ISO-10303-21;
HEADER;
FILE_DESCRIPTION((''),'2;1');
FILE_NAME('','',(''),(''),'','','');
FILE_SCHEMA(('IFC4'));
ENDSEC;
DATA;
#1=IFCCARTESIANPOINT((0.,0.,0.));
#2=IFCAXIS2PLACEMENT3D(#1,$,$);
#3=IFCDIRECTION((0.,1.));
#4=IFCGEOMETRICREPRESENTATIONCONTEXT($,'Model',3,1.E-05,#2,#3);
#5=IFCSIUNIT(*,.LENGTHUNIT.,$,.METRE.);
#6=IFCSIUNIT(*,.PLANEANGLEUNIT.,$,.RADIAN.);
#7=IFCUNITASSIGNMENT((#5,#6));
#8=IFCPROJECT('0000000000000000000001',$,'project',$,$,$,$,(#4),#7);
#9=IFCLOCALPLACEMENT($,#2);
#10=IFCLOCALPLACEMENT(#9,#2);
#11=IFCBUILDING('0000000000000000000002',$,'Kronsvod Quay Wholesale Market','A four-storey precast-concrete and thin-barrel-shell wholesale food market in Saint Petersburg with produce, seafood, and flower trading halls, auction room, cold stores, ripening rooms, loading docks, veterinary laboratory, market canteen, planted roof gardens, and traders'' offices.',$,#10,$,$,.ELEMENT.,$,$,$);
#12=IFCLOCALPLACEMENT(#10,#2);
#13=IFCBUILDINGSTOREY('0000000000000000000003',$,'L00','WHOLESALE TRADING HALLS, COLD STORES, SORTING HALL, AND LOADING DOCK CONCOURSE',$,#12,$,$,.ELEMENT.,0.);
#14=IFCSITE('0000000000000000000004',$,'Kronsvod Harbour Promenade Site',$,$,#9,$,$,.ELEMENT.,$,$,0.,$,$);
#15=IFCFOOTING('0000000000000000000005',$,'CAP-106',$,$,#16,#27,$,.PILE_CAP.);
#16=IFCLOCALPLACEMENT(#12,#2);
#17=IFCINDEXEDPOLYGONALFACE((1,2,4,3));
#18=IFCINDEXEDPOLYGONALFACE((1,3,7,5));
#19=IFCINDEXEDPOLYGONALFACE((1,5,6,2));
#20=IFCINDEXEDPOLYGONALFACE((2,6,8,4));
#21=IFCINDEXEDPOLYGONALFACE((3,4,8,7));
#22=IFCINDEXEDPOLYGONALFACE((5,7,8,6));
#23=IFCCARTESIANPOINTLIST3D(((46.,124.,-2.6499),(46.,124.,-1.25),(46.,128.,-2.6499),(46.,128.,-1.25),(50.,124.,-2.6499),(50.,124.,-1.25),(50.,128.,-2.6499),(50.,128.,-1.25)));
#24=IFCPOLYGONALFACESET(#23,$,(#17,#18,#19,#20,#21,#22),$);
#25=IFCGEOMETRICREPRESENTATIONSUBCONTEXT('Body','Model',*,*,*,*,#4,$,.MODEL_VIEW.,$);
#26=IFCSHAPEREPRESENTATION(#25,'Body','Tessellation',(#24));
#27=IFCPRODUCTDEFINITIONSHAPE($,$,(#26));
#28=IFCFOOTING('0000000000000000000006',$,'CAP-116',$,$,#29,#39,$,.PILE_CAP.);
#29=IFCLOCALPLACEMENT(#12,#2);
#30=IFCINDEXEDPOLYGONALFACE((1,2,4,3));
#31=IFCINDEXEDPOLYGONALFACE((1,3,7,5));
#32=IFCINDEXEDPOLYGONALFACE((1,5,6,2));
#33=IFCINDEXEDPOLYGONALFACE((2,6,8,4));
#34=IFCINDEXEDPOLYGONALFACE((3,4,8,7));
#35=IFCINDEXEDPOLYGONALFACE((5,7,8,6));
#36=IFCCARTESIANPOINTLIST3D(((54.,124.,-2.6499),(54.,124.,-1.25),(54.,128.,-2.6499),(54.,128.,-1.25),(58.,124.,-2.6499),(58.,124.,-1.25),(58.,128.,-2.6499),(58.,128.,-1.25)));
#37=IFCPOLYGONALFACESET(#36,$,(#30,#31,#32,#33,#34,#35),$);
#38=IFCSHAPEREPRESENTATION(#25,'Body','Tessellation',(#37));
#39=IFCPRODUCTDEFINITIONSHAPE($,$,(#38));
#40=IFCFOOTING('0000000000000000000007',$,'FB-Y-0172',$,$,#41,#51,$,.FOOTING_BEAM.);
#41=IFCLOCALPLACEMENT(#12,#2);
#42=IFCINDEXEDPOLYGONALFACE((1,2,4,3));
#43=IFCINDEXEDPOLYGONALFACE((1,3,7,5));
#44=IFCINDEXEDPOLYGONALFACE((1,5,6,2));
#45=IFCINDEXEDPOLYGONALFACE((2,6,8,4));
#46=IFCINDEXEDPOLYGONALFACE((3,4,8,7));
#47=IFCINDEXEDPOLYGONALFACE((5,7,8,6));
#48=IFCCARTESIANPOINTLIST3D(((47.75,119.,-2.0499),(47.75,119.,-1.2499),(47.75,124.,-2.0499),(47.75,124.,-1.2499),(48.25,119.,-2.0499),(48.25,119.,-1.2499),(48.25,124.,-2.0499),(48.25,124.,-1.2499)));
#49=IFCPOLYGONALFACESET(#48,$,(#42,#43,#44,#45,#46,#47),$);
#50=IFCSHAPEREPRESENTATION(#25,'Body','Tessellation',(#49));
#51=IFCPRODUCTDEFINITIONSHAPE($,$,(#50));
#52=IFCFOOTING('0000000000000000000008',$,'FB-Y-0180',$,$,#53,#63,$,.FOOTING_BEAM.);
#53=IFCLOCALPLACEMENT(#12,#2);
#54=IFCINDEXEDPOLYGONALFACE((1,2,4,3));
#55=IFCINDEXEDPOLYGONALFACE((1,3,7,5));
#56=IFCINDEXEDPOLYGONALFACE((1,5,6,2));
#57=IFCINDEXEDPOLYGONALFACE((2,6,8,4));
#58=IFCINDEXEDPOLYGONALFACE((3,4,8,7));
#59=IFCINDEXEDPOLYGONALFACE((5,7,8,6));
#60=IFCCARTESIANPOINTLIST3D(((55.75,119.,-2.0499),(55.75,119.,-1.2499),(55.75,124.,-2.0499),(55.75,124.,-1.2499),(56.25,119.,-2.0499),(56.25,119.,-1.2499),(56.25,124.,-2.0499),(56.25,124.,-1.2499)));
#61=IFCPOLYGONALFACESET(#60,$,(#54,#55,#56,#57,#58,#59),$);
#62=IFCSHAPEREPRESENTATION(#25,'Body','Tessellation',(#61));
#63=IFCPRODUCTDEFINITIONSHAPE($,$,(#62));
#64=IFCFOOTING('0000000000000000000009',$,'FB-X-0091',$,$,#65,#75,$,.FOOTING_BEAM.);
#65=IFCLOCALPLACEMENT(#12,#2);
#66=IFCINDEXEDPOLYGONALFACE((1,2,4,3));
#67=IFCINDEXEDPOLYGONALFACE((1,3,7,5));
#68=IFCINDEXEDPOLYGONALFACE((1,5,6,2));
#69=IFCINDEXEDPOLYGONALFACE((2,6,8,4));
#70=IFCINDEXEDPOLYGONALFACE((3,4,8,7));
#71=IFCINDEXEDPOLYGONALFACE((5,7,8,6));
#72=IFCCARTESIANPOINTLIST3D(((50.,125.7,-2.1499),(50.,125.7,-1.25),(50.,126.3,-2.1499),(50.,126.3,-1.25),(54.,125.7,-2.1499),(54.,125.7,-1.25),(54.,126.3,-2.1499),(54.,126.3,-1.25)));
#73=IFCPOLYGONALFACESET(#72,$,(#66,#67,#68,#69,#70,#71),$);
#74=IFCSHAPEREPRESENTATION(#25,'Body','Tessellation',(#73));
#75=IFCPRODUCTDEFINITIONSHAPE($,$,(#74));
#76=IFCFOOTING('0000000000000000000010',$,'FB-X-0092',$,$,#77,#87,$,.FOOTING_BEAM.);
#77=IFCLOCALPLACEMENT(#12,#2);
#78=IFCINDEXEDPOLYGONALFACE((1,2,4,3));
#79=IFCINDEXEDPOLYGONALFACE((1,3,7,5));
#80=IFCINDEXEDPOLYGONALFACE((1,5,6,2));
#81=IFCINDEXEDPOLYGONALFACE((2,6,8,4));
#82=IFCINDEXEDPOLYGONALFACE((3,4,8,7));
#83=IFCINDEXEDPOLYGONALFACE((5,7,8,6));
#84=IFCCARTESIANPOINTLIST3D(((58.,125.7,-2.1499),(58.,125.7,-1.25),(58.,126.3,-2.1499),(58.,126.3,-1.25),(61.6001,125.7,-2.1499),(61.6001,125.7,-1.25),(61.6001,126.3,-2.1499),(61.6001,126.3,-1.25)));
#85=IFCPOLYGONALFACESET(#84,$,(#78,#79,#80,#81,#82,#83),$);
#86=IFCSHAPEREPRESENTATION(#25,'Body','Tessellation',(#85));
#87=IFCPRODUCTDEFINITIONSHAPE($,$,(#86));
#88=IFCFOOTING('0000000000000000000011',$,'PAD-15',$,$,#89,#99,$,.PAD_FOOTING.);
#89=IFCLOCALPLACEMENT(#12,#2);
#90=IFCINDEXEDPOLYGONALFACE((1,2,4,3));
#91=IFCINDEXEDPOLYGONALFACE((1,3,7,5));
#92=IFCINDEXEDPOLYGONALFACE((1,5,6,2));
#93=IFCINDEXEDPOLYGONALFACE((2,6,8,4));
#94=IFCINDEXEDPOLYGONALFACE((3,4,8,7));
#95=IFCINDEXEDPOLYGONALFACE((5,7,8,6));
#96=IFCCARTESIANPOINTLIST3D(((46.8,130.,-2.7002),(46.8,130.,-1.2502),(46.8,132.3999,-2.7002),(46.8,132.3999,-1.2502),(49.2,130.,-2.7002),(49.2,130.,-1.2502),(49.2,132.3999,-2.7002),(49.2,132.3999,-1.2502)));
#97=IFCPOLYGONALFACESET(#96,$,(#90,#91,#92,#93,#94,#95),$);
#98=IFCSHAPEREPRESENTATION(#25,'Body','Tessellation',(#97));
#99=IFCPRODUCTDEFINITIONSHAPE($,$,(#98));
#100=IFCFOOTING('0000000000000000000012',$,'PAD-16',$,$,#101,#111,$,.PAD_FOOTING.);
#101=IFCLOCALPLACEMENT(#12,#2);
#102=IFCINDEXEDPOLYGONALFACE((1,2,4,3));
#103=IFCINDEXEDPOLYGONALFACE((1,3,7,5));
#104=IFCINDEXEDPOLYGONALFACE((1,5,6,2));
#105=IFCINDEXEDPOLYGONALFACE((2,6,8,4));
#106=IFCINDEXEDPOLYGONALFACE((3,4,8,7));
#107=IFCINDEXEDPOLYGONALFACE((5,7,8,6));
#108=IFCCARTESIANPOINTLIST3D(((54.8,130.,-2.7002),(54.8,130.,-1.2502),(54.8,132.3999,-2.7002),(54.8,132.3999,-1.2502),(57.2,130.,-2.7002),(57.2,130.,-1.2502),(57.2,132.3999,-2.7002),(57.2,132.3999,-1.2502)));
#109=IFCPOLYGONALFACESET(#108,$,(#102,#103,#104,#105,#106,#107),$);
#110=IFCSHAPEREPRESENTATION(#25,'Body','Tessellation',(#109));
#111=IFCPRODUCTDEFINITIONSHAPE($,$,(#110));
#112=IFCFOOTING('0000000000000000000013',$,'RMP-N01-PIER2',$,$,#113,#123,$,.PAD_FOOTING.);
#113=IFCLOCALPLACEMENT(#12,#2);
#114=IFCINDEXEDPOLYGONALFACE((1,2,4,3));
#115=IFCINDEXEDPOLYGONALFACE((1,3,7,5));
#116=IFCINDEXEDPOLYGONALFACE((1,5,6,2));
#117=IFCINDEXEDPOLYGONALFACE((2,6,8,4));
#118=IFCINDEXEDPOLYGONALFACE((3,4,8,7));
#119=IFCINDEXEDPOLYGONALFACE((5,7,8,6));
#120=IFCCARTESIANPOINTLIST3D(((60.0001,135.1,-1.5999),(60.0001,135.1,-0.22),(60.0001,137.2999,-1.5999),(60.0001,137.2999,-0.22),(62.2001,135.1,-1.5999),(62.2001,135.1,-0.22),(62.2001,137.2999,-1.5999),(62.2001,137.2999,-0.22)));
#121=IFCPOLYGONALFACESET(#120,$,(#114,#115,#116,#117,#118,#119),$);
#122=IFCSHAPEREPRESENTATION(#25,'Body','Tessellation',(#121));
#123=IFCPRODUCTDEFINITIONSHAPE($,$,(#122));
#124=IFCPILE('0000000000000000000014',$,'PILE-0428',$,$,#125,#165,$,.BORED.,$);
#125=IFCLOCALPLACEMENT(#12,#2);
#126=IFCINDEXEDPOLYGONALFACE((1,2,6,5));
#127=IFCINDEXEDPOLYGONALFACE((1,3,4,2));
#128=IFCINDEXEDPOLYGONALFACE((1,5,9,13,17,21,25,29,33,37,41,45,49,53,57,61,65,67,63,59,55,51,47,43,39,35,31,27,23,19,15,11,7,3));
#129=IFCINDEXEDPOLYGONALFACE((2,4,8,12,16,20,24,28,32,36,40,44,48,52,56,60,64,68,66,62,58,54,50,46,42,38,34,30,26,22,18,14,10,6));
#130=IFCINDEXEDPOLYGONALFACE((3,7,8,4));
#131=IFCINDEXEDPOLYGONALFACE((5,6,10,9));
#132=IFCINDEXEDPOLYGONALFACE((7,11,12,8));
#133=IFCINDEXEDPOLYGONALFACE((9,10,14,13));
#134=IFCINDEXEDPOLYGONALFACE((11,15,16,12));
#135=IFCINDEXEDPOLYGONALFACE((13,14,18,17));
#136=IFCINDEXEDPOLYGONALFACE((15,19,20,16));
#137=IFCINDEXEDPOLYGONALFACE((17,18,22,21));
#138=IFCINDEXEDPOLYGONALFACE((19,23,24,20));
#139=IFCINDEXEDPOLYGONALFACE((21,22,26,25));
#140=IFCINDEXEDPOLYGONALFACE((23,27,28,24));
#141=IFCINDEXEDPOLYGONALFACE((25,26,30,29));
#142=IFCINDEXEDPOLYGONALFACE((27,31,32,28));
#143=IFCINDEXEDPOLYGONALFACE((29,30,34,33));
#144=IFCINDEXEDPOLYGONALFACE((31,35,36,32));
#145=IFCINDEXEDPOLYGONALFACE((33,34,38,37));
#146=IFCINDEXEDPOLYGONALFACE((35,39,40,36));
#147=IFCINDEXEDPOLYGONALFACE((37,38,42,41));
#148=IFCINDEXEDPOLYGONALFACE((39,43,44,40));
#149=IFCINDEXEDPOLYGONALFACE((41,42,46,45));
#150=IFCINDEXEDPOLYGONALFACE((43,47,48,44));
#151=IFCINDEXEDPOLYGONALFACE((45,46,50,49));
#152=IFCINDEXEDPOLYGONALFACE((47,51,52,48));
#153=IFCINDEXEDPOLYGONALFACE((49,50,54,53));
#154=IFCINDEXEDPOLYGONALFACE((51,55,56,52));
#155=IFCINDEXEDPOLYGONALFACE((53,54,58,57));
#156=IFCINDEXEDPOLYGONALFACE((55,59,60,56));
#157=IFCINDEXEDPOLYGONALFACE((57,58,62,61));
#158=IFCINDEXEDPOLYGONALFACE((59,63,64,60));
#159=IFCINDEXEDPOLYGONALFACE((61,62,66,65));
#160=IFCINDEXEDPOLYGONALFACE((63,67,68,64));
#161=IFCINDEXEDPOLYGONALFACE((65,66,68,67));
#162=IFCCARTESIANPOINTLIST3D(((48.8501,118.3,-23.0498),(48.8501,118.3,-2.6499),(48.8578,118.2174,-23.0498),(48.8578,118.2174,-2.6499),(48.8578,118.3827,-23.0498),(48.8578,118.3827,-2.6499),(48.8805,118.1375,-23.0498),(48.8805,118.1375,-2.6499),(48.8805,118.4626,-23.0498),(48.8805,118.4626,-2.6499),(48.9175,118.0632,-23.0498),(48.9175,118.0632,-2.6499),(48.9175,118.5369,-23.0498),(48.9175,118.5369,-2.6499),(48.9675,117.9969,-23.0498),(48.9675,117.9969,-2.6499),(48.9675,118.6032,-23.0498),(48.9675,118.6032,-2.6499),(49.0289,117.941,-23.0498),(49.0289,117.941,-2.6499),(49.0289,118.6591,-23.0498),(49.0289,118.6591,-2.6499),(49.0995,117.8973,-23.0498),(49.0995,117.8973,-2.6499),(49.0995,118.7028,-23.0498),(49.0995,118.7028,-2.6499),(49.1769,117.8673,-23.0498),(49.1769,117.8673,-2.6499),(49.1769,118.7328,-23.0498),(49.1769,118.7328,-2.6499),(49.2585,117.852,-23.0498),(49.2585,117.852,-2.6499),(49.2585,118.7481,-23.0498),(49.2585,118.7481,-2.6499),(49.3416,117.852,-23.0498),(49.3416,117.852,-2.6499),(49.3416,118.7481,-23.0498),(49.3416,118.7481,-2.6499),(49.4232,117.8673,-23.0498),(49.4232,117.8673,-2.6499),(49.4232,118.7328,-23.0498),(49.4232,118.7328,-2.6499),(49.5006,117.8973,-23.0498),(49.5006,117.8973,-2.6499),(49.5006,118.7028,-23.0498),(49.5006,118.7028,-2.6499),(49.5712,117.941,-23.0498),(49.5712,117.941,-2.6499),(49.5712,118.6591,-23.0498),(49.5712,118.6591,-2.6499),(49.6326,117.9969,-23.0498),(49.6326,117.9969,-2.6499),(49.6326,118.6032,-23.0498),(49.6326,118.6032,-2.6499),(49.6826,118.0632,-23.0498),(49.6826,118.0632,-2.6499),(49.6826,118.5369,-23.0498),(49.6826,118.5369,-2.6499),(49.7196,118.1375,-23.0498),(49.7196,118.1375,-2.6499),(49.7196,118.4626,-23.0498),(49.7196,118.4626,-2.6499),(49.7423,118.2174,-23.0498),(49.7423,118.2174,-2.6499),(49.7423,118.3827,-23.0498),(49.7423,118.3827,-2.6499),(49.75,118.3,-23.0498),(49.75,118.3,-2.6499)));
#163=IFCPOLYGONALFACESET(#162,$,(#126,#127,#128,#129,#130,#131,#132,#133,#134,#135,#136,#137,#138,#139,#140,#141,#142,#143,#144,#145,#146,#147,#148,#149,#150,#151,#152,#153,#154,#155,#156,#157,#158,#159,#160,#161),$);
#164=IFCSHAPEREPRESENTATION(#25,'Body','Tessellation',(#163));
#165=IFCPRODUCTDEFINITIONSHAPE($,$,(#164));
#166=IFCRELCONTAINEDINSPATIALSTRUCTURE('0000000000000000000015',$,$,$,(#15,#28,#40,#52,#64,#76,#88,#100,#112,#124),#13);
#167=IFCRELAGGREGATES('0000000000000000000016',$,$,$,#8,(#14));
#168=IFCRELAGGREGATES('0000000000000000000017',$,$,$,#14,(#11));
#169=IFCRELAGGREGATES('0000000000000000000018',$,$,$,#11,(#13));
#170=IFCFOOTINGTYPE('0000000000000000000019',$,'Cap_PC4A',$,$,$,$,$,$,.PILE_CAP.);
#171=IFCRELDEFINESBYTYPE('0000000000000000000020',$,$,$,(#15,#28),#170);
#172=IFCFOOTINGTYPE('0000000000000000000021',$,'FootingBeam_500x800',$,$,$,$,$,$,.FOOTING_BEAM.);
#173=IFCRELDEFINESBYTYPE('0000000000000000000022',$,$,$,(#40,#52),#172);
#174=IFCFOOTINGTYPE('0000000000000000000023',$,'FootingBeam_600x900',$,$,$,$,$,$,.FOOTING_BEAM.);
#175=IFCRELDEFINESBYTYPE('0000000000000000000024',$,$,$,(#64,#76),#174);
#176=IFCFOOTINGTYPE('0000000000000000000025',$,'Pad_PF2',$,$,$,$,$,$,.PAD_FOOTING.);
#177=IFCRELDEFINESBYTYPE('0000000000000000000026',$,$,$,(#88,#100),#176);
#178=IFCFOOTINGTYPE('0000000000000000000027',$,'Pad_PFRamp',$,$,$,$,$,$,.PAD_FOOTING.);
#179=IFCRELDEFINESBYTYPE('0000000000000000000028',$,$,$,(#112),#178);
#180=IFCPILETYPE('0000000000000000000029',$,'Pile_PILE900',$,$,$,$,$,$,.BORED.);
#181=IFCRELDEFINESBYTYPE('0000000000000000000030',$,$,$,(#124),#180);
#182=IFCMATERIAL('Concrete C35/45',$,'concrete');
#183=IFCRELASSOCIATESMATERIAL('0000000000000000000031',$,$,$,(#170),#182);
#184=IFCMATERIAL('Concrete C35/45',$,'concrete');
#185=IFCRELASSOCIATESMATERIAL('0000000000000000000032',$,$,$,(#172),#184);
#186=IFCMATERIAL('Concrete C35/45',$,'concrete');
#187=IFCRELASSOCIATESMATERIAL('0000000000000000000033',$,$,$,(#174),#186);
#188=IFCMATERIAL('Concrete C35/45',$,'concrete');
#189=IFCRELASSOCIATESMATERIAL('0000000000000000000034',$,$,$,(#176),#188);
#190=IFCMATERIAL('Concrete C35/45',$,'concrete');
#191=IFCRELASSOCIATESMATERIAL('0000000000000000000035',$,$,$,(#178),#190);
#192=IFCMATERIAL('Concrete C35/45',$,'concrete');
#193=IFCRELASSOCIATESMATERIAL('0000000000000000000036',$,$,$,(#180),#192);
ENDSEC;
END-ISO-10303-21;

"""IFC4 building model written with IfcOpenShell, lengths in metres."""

from ifc_helpers import new_model, si_unit, direction, frame, origin, origin_2d, place, context, subcontext, project, spatial, rectangle, circle, extrude, material, material_profile, profile_set, type_object, element, save


model = new_model("IFC4")

# Units and contexts
model_context = context("Model", 3, precision=1e-05, world=origin(), true_north=direction((0.0, 1.0)))
body_context = subcontext(model_context, "Body", "Model", "MODEL_VIEW")
ifc_project = project(units=[si_unit("LENGTHUNIT", "METRE"), si_unit("PLANEANGLEUNIT", "RADIAN")], contexts=[model_context])

# Site, building, storey
site_placement = place(None, origin())
site = spatial("IfcSite", under=ifc_project, at=site_placement, Name="Kronsvod Harbour Promenade Site", CompositionType="ELEMENT", RefElevation=0.0)
building_placement = place(site_placement, origin())
building = spatial("IfcBuilding", under=site, at=building_placement, Name="Kronsvod Quay Wholesale Market", Description="A four-storey precast-concrete and thin-barrel-shell wholesale food market in Saint Petersburg with produce, seafood, and flower trading halls, auction room, cold stores, ripening rooms, loading docks, veterinary laboratory, market canteen, planted roof gardens, and traders' offices.", CompositionType="ELEMENT")
storey_placement = place(building_placement, origin())
storey = spatial("IfcBuildingStorey", under=building, at=storey_placement, Name="L00", Description="WHOLESALE TRADING HALLS, COLD STORES, SORTING HALL, AND LOADING DOCK CONCOURSE", CompositionType="ELEMENT", Elevation=0.0)

# Footings
ifc_material_1 = material(Name="Concrete C35/45", Category="concrete")
footing_type_1 = type_object("IfcFootingType", Name="Cap_PC4A", PredefinedType="PILE_CAP", material=ifc_material_1)
for number, where, z_axis, x_axis, name in (
    (1, (48.0, 126.0, -2.6499), (0.0, 0.0, 1.0), (1.0, 0.0, 0.0), "CAP-106"),
    (2, (56.0, 126.0, -2.6499), (0.0, 0.0, 1.0), (1.0, 0.0, 0.0), "CAP-116"),
):
    element("IfcFooting", number, at=place(storey_placement, frame(where, z_axis=z_axis, x_axis=x_axis)), inside=storey, type_object=footing_type_1, Name=name, PredefinedType="PILE_CAP", context=body_context, shape_type="SweptSolid", body=[
        extrude(rectangle(XDim=4.0, YDim=4.0, at=origin_2d()), origin(), (0.0, 0.0, 1.0), 1.3999),
    ])
ifc_material_2 = material(Name="Concrete C35/45", Category="concrete")
ifc_material_profile_1 = material_profile(ifc_material_2, rectangle(XDim=0.5, YDim=0.8, at=origin_2d()), Name="FB-01")
ifc_profile_set_1 = profile_set([ifc_material_profile_1], Name="Concrete C35/45")
footing_type_2 = type_object("IfcFootingType", Name="FootingBeam_500x800", PredefinedType="FOOTING_BEAM", material=ifc_profile_set_1)
for number, where, z_axis, x_axis, name in (
    (3, (48.0, 119.0, -1.6499), (0.0, 1.0, 0.0), (-1.0, 0.0, 0.0), "FB-Y-0172"),
    (4, (56.0, 119.0, -1.6499), (0.0, 1.0, 0.0), (-1.0, 0.0, 0.0), "FB-Y-0180"),
):
    element("IfcFooting", number, at=place(storey_placement, frame(where, z_axis=z_axis, x_axis=x_axis)), inside=storey, type_object=footing_type_2, Name=name, PredefinedType="FOOTING_BEAM", context=body_context, shape_type="SweptSolid", body=[
        extrude(rectangle(XDim=0.5, YDim=0.8, at=origin_2d()), origin(), (0.0, 0.0, 1.0), 5.0),
    ])
ifc_material_3 = material(Name="Concrete C35/45", Category="concrete")
ifc_material_profile_2 = material_profile(ifc_material_3, rectangle(XDim=0.6001, YDim=0.8999, at=origin_2d()), Name="FB-02")
ifc_profile_set_2 = profile_set([ifc_material_profile_2], Name="Concrete C35/45")
footing_type_3 = type_object("IfcFootingType", Name="FootingBeam_600x900", PredefinedType="FOOTING_BEAM", material=ifc_profile_set_2)
footing_1_placement = place(storey_placement, frame((50.0, 126.0, -1.7), z_axis=(1.0, 0.0, 0.0), x_axis=(0.0, 1.0, 0.0)))
element("IfcFooting", 5, at=footing_1_placement, inside=storey, type_object=footing_type_3, Name="FB-X-0091", PredefinedType="FOOTING_BEAM", context=body_context, shape_type="SweptSolid", body=[
    extrude(rectangle(XDim=0.6001, YDim=0.8999, at=origin_2d()), origin(), (0.0, 0.0, 1.0), 4.0),
])
footing_2_placement = place(storey_placement, frame((58.0, 126.0, -1.7), z_axis=(1.0, 0.0, 0.0), x_axis=(0.0, 1.0, 0.0)))
element("IfcFooting", 6, at=footing_2_placement, inside=storey, type_object=footing_type_3, Name="FB-X-0092", PredefinedType="FOOTING_BEAM", context=body_context, shape_type="SweptSolid", body=[
    extrude(rectangle(XDim=0.6001, YDim=0.8999, at=origin_2d()), origin(), (0.0, 0.0, 1.0), 3.6001),
])
ifc_material_4 = material(Name="Concrete C35/45", Category="concrete")
footing_type_4 = type_object("IfcFootingType", Name="Pad_PF2", PredefinedType="PAD_FOOTING", material=ifc_material_4)
for number, where, z_axis, x_axis, name in (
    (7, (48.0, 131.2, -2.7002), (0.0, 0.0, 1.0), (1.0, 0.0, 0.0), "PAD-15"),
    (8, (56.0, 131.2, -2.7002), (0.0, 0.0, 1.0), (1.0, 0.0, 0.0), "PAD-16"),
):
    element("IfcFooting", number, at=place(storey_placement, frame(where, z_axis=z_axis, x_axis=x_axis)), inside=storey, type_object=footing_type_4, Name=name, PredefinedType="PAD_FOOTING", context=body_context, shape_type="SweptSolid", body=[
        extrude(rectangle(XDim=2.3999, YDim=2.3999, at=origin_2d()), origin(), (0.0, 0.0, 1.0), 1.45),
    ])
ifc_material_5 = material(Name="Concrete C35/45", Category="concrete")
footing_type_5 = type_object("IfcFootingType", Name="Pad_PFRamp", PredefinedType="PAD_FOOTING", material=ifc_material_5)
footing_3_placement = place(storey_placement, frame((61.1001, 136.2, -1.5999), z_axis=(0.0, 0.0, 1.0), x_axis=(1.0, 0.0, 0.0)))
element("IfcFooting", 9, at=footing_3_placement, inside=storey, type_object=footing_type_5, Name="RMP-N01-PIER2", PredefinedType="PAD_FOOTING", context=body_context, shape_type="SweptSolid", body=[
    extrude(rectangle(XDim=2.2, YDim=2.2, at=origin_2d()), origin(), (0.0, 0.0, 1.0), 1.3799),
])

# Pile
ifc_material_6 = material(Name="Concrete C35/45", Category="concrete")
ifc_material_profile_3 = material_profile(ifc_material_6, circle(Radius=0.45, at=origin_2d()), Name="PILE900")
ifc_profile_set_3 = profile_set([ifc_material_profile_3], Name="Concrete C35/45")
pile_type = type_object("IfcPileType", Name="Pile_PILE900", PredefinedType="BORED", material=ifc_profile_set_3)
for number, where, z_axis, x_axis, name in (
    (10, (49.3, 118.3, -2.6499), (0.0, 0.0, -1.0), (1.0, 0.0, 0.0), "PILE-0428"),
):
    element("IfcPile", number, at=place(storey_placement, frame(where, z_axis=z_axis, x_axis=x_axis)), inside=storey, type_object=pile_type, Name=name, PredefinedType="BORED", context=body_context, shape_type="SweptSolid", body=[
        extrude(circle(Radius=0.45, at=origin_2d()), origin(), (0.0, 0.0, 1.0), 20.3999),
    ])

save(model, "model.ifc")
